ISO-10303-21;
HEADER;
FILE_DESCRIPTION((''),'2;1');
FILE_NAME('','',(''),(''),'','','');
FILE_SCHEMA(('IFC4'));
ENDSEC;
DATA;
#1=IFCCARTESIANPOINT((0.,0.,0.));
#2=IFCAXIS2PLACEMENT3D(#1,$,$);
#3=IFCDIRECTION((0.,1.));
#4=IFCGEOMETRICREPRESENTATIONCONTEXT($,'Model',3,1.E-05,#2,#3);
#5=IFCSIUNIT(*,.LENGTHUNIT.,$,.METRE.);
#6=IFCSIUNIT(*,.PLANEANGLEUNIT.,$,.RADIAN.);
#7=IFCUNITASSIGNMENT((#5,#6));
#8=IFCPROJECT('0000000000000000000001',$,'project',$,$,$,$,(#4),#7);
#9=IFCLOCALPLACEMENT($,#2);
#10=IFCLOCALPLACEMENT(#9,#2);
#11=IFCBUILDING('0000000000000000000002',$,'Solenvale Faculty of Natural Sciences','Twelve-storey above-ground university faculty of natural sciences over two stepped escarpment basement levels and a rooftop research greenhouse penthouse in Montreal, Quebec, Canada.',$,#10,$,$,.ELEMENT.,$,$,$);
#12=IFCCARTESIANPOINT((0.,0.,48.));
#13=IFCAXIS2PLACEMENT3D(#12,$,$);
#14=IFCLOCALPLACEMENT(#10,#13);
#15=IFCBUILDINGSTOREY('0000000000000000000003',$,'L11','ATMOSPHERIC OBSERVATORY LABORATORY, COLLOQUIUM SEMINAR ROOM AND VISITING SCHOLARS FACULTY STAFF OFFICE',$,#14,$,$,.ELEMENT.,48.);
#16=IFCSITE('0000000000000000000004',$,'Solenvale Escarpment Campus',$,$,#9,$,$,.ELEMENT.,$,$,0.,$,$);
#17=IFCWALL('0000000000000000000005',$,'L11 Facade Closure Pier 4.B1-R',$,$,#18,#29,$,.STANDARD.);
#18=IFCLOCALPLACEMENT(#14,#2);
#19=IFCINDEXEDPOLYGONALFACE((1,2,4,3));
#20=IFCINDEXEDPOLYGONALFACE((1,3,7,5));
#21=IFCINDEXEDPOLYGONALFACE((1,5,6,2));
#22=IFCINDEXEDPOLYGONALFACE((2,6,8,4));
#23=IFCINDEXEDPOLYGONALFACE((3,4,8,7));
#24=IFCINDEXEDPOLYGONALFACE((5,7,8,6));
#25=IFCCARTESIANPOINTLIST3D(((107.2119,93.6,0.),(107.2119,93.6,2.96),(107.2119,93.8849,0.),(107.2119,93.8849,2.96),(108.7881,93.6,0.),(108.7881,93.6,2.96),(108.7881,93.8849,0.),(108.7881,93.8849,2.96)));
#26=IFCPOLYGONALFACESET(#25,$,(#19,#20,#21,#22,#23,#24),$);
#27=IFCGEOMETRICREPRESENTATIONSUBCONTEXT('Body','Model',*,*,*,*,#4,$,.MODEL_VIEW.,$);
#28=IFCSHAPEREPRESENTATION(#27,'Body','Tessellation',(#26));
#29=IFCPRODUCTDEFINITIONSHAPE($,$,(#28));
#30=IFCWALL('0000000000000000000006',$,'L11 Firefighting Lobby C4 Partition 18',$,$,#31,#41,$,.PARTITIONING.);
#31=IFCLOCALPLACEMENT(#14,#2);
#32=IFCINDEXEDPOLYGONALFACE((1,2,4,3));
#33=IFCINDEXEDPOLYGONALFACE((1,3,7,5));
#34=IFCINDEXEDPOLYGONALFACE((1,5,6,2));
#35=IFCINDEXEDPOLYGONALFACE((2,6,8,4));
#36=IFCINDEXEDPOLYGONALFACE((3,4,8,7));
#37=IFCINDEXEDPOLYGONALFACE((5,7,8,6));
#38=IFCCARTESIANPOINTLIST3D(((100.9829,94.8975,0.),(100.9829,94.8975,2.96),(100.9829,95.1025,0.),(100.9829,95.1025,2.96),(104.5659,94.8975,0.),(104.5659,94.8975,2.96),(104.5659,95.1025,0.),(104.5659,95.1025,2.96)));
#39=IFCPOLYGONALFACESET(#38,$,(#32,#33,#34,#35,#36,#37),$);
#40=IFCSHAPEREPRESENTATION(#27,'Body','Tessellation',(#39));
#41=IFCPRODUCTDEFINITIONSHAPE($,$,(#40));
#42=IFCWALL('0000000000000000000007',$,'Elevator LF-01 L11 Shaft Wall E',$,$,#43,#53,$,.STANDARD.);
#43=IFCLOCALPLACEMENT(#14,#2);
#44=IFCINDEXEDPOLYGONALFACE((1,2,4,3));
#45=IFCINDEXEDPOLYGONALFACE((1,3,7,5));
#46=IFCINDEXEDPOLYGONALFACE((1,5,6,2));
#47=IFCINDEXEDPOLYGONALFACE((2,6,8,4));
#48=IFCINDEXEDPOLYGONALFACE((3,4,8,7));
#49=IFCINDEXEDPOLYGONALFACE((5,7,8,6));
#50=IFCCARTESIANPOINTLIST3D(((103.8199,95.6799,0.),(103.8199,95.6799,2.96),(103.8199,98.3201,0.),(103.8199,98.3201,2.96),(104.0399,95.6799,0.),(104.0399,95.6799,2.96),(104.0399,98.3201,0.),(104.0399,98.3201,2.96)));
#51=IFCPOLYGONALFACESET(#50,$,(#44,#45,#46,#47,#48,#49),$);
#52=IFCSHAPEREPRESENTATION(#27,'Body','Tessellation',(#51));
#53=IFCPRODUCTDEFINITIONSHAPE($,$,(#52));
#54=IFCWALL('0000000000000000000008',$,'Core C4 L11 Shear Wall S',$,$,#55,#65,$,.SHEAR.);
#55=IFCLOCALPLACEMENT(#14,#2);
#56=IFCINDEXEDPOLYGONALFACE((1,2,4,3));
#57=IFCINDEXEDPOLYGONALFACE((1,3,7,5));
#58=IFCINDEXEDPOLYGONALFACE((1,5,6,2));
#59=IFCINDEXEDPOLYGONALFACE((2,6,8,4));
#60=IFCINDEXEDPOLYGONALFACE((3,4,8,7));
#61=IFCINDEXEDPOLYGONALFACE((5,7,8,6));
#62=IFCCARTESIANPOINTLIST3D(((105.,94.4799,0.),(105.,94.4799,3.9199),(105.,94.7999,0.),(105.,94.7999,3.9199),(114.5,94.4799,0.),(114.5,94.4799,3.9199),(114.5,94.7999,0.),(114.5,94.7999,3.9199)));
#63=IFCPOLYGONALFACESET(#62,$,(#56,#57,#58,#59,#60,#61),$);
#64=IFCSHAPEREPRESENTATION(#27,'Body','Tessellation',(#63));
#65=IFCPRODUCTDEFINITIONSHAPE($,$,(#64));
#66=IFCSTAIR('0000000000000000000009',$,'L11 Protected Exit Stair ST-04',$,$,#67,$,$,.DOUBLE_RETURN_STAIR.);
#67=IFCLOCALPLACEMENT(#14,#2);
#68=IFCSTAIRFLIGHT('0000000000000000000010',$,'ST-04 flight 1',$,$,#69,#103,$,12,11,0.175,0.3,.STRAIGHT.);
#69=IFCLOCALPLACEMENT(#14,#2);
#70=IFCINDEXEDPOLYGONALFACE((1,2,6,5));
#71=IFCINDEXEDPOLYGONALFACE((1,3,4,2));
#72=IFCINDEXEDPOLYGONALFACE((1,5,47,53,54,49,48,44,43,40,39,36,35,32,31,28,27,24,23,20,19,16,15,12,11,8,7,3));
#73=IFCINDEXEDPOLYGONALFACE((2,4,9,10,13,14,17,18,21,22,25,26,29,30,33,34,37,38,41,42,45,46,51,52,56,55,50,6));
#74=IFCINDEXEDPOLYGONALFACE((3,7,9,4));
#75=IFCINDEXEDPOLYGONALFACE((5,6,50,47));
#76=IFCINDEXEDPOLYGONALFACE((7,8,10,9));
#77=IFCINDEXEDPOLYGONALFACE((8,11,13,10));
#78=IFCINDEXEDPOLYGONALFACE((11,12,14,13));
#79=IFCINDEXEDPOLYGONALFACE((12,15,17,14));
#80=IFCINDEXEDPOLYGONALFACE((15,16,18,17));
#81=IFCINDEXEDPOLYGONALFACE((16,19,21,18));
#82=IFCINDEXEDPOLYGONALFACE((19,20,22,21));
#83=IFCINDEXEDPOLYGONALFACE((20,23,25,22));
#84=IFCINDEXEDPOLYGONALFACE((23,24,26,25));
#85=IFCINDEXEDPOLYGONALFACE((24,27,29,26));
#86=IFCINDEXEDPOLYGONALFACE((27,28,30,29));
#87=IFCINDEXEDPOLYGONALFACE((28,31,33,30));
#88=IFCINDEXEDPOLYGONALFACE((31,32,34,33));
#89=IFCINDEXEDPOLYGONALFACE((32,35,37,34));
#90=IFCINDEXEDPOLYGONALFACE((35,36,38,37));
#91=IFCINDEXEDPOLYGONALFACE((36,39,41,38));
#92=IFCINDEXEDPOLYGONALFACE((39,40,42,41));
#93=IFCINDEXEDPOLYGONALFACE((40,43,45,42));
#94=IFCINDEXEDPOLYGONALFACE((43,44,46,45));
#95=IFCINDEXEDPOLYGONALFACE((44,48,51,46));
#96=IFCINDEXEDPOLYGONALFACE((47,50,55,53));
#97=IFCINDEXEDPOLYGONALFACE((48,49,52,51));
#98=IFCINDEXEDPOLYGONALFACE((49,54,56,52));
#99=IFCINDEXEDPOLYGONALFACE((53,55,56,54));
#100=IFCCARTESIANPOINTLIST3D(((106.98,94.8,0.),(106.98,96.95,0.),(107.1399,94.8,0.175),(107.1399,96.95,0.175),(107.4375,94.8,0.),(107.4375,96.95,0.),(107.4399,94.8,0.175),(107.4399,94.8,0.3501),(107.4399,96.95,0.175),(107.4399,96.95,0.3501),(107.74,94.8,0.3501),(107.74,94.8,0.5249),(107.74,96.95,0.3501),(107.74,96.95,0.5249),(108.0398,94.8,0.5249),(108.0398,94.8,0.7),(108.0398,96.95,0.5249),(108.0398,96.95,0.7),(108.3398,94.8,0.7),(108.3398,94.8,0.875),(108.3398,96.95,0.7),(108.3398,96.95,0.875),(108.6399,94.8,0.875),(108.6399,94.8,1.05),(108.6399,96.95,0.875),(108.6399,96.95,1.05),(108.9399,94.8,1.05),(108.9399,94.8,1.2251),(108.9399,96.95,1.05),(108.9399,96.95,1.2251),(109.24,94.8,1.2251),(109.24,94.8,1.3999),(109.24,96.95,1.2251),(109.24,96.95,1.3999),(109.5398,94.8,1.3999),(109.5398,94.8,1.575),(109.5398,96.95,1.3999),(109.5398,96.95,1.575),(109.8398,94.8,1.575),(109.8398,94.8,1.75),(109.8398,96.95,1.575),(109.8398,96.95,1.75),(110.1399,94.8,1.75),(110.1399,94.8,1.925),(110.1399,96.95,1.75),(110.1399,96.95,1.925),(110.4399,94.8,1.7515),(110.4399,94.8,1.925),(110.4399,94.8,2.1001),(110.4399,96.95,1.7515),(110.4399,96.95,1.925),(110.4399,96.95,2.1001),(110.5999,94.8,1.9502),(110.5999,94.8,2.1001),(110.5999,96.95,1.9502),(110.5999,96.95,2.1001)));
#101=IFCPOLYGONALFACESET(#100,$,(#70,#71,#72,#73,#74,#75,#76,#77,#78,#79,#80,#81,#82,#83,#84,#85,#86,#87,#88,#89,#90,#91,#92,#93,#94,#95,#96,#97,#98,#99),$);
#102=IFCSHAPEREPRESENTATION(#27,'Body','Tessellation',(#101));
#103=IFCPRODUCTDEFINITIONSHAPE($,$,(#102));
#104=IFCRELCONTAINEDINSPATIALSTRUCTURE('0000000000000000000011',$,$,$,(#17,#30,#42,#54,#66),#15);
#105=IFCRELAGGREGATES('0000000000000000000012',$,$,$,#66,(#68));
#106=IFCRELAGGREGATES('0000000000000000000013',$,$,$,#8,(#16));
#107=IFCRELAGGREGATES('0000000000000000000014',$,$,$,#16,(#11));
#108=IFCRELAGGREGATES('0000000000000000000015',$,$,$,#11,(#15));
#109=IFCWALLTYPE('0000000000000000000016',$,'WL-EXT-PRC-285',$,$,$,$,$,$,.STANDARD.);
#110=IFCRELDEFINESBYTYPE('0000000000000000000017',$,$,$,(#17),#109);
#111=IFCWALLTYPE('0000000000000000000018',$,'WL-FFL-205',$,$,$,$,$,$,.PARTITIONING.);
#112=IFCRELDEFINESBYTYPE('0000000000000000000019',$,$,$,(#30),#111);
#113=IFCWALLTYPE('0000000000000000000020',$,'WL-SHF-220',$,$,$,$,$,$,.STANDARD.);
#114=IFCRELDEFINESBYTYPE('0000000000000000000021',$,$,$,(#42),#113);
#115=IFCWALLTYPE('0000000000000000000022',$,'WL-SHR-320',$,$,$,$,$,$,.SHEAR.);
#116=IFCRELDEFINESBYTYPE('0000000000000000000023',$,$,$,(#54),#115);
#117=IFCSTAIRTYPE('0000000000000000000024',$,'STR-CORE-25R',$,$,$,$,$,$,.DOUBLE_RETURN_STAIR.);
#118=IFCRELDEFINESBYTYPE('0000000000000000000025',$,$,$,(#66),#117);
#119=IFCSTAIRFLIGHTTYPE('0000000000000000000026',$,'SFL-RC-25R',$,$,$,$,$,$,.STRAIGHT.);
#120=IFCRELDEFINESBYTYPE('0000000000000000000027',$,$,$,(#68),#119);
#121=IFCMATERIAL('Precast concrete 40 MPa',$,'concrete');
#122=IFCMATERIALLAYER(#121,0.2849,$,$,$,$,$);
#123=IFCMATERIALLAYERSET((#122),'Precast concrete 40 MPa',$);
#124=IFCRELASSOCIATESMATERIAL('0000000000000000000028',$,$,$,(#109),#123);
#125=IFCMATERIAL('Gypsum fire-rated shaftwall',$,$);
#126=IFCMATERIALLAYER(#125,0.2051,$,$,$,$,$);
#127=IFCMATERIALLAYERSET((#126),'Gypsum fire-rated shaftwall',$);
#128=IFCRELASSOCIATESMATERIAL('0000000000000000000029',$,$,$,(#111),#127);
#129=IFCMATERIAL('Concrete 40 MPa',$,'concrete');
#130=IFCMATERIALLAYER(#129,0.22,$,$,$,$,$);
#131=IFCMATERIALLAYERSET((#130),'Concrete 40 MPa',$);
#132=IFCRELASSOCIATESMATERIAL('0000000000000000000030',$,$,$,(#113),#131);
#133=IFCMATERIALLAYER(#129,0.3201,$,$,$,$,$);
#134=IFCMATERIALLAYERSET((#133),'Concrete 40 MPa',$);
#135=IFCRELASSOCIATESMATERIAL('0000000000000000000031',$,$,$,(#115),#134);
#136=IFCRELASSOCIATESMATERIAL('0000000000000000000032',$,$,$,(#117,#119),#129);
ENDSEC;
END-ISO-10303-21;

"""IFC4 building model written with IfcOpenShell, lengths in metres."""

from ifc_helpers import new_model, si_unit, direction, frame, frame_2d, origin, place, context, subcontext, project, spatial, polyline, rectangle, outline, extrude, material, layer, layer_set, type_object, element, aggregate, save


model = new_model("IFC4")

# Units and contexts
model_context = context("Model", 3, precision=1e-05, world=origin(), true_north=direction((0.0, 1.0)))
body_context = subcontext(model_context, "Body", "Model", "MODEL_VIEW")
ifc_project = project(units=[si_unit("LENGTHUNIT", "METRE"), si_unit("PLANEANGLEUNIT", "RADIAN")], contexts=[model_context])

# Site, building, storey
site_placement = place(None, origin())
site = spatial("IfcSite", under=ifc_project, at=site_placement, Name="Solenvale Escarpment Campus", CompositionType="ELEMENT", RefElevation=0.0)
building_placement = place(site_placement, origin())
building = spatial("IfcBuilding", under=site, at=building_placement, Name="Solenvale Faculty of Natural Sciences", Description="Twelve-storey above-ground university faculty of natural sciences over two stepped escarpment basement levels and a rooftop research greenhouse penthouse in Montreal, Quebec, Canada.", CompositionType="ELEMENT")
storey_placement = place(building_placement, frame((0.0, 0.0, 48.0)))
storey = spatial("IfcBuildingStorey", under=building, at=storey_placement, Name="L11", Description="ATMOSPHERIC OBSERVATORY LABORATORY, COLLOQUIUM SEMINAR ROOM AND VISITING SCHOLARS FACULTY STAFF OFFICE", CompositionType="ELEMENT", Elevation=48.0)

# Shared definitions
ifc_material_1 = material(Name="Concrete 40 MPa", Category="concrete")

# Walls
ifc_material_2 = material(Name="Precast concrete 40 MPa", Category="concrete")
ifc_layer_1 = layer(ifc_material_2, 0.2849)
ifc_layer_set_1 = layer_set([ifc_layer_1], Name="Precast concrete 40 MPa")
wall_type_1 = type_object("IfcWallType", Name="WL-EXT-PRC-285", PredefinedType="STANDARD", material=ifc_layer_set_1)
wall_1_placement = place(storey_placement, frame((107.2119, 93.7424, 0.0), z_axis=(0.0, 0.0, 1.0), x_axis=(1.0, 0.0, 0.0)))
element("IfcWall", 1, at=wall_1_placement, inside=storey, type_object=wall_type_1, Name="L11 Facade Closure Pier 4.B1-R", PredefinedType="STANDARD", context=body_context, shape_type="SweptSolid", body=[
    extrude(rectangle(XDim=1.5762, YDim=0.2849, at=frame_2d((0.7881, 0.0))), origin(), (0.0, 0.0, 1.0), 2.96),
])
ifc_material_3 = material(Name="Gypsum fire-rated shaftwall")
ifc_layer_2 = layer(ifc_material_3, 0.2051)
ifc_layer_set_2 = layer_set([ifc_layer_2], Name="Gypsum fire-rated shaftwall")
wall_type_2 = type_object("IfcWallType", Name="WL-FFL-205", PredefinedType="PARTITIONING", material=ifc_layer_set_2)
wall_2_placement = place(storey_placement, frame((104.5659, 95.0, 0.0), z_axis=(0.0, 0.0, 1.0), x_axis=(-1.0, 0.0, 0.0)))
element("IfcWall", 2, at=wall_2_placement, inside=storey, type_object=wall_type_2, Name="L11 Firefighting Lobby C4 Partition 18", PredefinedType="PARTITIONING", context=body_context, shape_type="SweptSolid", body=[
    extrude(rectangle(XDim=3.583, YDim=0.2051, at=frame_2d((1.7915, 0.0))), origin(), (0.0, 0.0, 1.0), 2.96),
])
ifc_layer_3 = layer(ifc_material_1, 0.22)
ifc_layer_set_3 = layer_set([ifc_layer_3], Name="Concrete 40 MPa")
wall_type_3 = type_object("IfcWallType", Name="WL-SHF-220", PredefinedType="STANDARD", material=ifc_layer_set_3)
wall_3_placement = place(storey_placement, frame((103.9299, 95.6799, 0.0), z_axis=(0.0, 0.0, 1.0), x_axis=(0.0, 1.0, 0.0)))
element("IfcWall", 3, at=wall_3_placement, inside=storey, type_object=wall_type_3, Name="Elevator LF-01 L11 Shaft Wall E", PredefinedType="STANDARD", context=body_context, shape_type="SweptSolid", body=[
    extrude(rectangle(XDim=2.6401, YDim=0.22, at=frame_2d((1.3201, 0.0))), origin(), (0.0, 0.0, 1.0), 2.96),
])
ifc_layer_4 = layer(ifc_material_1, 0.3201)
ifc_layer_set_4 = layer_set([ifc_layer_4], Name="Concrete 40 MPa")
wall_type_4 = type_object("IfcWallType", Name="WL-SHR-320", PredefinedType="SHEAR", material=ifc_layer_set_4)
wall_4_placement = place(storey_placement, frame((105.0, 94.6399, 0.0), z_axis=(0.0, 0.0, 1.0), x_axis=(1.0, 0.0, 0.0)))
element("IfcWall", 4, at=wall_4_placement, inside=storey, type_object=wall_type_4, Name="Core C4 L11 Shear Wall S", PredefinedType="SHEAR", context=body_context, shape_type="SweptSolid", body=[
    extrude(rectangle(XDim=9.5, YDim=0.3201, at=frame_2d((4.75, 0.0))), origin(), (0.0, 0.0, 1.0), 3.9199),
])

# Stair, stair flight
stair_type = type_object("IfcStairType", Name="STR-CORE-25R", PredefinedType="DOUBLE_RETURN_STAIR", material=ifc_material_1)
stair_placement = place(storey_placement, origin())
stair = element("IfcStair", 5, at=stair_placement, inside=storey, type_object=stair_type, Name="L11 Protected Exit Stair ST-04", PredefinedType="DOUBLE_RETURN_STAIR")
stair_flight_type = type_object("IfcStairFlightType", Name="SFL-RC-25R", PredefinedType="STRAIGHT", material=ifc_material_1)
stair_flight_placement = place(storey_placement, frame((107.1399, 95.875, 0.0), z_axis=(0.0, 0.0, 1.0), x_axis=(1.0, 0.0, 0.0)))
stair_flight = element("IfcStairFlight", 6, at=stair_flight_placement, type_object=stair_flight_type, Name="ST-04 flight 1", NumberOfRisers=12, NumberOfTreads=11, PredefinedType="STRAIGHT", RiserHeight=0.175, TreadLength=0.3, context=body_context, shape_type="SweptSolid", body=[
    extrude(outline(polyline([(-0.1599, 0.0), (0.0, 0.175), (0.3, 0.175), (0.3, 0.3501), (0.6001, 0.3501), (0.6001, 0.5249), (0.8999, 0.5249), (0.8999, 0.7), (1.2, 0.7), (1.2, 0.875), (1.5, 0.875), (1.5, 1.05), (1.8, 1.05), (1.8, 1.2251), (2.1001, 1.2251), (2.1001, 1.3999), (2.3999, 1.3999), (2.3999, 1.575), (2.7, 1.575), (2.7, 1.75), (3.0, 1.75), (3.0, 1.925), (3.3, 1.925), (3.3, 2.1001), (3.46, 2.1001), (3.46, 1.9502), (3.3, 1.7515), (0.2976, 0.0), (-0.1599, 0.0)])), frame((0.0, 1.075, 0.0), z_axis=(0.0, -1.0, 0.0), x_axis=(1.0, 0.0, 0.0)), (0.0, 0.0, 1.0), 2.1499),
])
aggregate(stair, [stair_flight])

save(model, "model.ifc")
